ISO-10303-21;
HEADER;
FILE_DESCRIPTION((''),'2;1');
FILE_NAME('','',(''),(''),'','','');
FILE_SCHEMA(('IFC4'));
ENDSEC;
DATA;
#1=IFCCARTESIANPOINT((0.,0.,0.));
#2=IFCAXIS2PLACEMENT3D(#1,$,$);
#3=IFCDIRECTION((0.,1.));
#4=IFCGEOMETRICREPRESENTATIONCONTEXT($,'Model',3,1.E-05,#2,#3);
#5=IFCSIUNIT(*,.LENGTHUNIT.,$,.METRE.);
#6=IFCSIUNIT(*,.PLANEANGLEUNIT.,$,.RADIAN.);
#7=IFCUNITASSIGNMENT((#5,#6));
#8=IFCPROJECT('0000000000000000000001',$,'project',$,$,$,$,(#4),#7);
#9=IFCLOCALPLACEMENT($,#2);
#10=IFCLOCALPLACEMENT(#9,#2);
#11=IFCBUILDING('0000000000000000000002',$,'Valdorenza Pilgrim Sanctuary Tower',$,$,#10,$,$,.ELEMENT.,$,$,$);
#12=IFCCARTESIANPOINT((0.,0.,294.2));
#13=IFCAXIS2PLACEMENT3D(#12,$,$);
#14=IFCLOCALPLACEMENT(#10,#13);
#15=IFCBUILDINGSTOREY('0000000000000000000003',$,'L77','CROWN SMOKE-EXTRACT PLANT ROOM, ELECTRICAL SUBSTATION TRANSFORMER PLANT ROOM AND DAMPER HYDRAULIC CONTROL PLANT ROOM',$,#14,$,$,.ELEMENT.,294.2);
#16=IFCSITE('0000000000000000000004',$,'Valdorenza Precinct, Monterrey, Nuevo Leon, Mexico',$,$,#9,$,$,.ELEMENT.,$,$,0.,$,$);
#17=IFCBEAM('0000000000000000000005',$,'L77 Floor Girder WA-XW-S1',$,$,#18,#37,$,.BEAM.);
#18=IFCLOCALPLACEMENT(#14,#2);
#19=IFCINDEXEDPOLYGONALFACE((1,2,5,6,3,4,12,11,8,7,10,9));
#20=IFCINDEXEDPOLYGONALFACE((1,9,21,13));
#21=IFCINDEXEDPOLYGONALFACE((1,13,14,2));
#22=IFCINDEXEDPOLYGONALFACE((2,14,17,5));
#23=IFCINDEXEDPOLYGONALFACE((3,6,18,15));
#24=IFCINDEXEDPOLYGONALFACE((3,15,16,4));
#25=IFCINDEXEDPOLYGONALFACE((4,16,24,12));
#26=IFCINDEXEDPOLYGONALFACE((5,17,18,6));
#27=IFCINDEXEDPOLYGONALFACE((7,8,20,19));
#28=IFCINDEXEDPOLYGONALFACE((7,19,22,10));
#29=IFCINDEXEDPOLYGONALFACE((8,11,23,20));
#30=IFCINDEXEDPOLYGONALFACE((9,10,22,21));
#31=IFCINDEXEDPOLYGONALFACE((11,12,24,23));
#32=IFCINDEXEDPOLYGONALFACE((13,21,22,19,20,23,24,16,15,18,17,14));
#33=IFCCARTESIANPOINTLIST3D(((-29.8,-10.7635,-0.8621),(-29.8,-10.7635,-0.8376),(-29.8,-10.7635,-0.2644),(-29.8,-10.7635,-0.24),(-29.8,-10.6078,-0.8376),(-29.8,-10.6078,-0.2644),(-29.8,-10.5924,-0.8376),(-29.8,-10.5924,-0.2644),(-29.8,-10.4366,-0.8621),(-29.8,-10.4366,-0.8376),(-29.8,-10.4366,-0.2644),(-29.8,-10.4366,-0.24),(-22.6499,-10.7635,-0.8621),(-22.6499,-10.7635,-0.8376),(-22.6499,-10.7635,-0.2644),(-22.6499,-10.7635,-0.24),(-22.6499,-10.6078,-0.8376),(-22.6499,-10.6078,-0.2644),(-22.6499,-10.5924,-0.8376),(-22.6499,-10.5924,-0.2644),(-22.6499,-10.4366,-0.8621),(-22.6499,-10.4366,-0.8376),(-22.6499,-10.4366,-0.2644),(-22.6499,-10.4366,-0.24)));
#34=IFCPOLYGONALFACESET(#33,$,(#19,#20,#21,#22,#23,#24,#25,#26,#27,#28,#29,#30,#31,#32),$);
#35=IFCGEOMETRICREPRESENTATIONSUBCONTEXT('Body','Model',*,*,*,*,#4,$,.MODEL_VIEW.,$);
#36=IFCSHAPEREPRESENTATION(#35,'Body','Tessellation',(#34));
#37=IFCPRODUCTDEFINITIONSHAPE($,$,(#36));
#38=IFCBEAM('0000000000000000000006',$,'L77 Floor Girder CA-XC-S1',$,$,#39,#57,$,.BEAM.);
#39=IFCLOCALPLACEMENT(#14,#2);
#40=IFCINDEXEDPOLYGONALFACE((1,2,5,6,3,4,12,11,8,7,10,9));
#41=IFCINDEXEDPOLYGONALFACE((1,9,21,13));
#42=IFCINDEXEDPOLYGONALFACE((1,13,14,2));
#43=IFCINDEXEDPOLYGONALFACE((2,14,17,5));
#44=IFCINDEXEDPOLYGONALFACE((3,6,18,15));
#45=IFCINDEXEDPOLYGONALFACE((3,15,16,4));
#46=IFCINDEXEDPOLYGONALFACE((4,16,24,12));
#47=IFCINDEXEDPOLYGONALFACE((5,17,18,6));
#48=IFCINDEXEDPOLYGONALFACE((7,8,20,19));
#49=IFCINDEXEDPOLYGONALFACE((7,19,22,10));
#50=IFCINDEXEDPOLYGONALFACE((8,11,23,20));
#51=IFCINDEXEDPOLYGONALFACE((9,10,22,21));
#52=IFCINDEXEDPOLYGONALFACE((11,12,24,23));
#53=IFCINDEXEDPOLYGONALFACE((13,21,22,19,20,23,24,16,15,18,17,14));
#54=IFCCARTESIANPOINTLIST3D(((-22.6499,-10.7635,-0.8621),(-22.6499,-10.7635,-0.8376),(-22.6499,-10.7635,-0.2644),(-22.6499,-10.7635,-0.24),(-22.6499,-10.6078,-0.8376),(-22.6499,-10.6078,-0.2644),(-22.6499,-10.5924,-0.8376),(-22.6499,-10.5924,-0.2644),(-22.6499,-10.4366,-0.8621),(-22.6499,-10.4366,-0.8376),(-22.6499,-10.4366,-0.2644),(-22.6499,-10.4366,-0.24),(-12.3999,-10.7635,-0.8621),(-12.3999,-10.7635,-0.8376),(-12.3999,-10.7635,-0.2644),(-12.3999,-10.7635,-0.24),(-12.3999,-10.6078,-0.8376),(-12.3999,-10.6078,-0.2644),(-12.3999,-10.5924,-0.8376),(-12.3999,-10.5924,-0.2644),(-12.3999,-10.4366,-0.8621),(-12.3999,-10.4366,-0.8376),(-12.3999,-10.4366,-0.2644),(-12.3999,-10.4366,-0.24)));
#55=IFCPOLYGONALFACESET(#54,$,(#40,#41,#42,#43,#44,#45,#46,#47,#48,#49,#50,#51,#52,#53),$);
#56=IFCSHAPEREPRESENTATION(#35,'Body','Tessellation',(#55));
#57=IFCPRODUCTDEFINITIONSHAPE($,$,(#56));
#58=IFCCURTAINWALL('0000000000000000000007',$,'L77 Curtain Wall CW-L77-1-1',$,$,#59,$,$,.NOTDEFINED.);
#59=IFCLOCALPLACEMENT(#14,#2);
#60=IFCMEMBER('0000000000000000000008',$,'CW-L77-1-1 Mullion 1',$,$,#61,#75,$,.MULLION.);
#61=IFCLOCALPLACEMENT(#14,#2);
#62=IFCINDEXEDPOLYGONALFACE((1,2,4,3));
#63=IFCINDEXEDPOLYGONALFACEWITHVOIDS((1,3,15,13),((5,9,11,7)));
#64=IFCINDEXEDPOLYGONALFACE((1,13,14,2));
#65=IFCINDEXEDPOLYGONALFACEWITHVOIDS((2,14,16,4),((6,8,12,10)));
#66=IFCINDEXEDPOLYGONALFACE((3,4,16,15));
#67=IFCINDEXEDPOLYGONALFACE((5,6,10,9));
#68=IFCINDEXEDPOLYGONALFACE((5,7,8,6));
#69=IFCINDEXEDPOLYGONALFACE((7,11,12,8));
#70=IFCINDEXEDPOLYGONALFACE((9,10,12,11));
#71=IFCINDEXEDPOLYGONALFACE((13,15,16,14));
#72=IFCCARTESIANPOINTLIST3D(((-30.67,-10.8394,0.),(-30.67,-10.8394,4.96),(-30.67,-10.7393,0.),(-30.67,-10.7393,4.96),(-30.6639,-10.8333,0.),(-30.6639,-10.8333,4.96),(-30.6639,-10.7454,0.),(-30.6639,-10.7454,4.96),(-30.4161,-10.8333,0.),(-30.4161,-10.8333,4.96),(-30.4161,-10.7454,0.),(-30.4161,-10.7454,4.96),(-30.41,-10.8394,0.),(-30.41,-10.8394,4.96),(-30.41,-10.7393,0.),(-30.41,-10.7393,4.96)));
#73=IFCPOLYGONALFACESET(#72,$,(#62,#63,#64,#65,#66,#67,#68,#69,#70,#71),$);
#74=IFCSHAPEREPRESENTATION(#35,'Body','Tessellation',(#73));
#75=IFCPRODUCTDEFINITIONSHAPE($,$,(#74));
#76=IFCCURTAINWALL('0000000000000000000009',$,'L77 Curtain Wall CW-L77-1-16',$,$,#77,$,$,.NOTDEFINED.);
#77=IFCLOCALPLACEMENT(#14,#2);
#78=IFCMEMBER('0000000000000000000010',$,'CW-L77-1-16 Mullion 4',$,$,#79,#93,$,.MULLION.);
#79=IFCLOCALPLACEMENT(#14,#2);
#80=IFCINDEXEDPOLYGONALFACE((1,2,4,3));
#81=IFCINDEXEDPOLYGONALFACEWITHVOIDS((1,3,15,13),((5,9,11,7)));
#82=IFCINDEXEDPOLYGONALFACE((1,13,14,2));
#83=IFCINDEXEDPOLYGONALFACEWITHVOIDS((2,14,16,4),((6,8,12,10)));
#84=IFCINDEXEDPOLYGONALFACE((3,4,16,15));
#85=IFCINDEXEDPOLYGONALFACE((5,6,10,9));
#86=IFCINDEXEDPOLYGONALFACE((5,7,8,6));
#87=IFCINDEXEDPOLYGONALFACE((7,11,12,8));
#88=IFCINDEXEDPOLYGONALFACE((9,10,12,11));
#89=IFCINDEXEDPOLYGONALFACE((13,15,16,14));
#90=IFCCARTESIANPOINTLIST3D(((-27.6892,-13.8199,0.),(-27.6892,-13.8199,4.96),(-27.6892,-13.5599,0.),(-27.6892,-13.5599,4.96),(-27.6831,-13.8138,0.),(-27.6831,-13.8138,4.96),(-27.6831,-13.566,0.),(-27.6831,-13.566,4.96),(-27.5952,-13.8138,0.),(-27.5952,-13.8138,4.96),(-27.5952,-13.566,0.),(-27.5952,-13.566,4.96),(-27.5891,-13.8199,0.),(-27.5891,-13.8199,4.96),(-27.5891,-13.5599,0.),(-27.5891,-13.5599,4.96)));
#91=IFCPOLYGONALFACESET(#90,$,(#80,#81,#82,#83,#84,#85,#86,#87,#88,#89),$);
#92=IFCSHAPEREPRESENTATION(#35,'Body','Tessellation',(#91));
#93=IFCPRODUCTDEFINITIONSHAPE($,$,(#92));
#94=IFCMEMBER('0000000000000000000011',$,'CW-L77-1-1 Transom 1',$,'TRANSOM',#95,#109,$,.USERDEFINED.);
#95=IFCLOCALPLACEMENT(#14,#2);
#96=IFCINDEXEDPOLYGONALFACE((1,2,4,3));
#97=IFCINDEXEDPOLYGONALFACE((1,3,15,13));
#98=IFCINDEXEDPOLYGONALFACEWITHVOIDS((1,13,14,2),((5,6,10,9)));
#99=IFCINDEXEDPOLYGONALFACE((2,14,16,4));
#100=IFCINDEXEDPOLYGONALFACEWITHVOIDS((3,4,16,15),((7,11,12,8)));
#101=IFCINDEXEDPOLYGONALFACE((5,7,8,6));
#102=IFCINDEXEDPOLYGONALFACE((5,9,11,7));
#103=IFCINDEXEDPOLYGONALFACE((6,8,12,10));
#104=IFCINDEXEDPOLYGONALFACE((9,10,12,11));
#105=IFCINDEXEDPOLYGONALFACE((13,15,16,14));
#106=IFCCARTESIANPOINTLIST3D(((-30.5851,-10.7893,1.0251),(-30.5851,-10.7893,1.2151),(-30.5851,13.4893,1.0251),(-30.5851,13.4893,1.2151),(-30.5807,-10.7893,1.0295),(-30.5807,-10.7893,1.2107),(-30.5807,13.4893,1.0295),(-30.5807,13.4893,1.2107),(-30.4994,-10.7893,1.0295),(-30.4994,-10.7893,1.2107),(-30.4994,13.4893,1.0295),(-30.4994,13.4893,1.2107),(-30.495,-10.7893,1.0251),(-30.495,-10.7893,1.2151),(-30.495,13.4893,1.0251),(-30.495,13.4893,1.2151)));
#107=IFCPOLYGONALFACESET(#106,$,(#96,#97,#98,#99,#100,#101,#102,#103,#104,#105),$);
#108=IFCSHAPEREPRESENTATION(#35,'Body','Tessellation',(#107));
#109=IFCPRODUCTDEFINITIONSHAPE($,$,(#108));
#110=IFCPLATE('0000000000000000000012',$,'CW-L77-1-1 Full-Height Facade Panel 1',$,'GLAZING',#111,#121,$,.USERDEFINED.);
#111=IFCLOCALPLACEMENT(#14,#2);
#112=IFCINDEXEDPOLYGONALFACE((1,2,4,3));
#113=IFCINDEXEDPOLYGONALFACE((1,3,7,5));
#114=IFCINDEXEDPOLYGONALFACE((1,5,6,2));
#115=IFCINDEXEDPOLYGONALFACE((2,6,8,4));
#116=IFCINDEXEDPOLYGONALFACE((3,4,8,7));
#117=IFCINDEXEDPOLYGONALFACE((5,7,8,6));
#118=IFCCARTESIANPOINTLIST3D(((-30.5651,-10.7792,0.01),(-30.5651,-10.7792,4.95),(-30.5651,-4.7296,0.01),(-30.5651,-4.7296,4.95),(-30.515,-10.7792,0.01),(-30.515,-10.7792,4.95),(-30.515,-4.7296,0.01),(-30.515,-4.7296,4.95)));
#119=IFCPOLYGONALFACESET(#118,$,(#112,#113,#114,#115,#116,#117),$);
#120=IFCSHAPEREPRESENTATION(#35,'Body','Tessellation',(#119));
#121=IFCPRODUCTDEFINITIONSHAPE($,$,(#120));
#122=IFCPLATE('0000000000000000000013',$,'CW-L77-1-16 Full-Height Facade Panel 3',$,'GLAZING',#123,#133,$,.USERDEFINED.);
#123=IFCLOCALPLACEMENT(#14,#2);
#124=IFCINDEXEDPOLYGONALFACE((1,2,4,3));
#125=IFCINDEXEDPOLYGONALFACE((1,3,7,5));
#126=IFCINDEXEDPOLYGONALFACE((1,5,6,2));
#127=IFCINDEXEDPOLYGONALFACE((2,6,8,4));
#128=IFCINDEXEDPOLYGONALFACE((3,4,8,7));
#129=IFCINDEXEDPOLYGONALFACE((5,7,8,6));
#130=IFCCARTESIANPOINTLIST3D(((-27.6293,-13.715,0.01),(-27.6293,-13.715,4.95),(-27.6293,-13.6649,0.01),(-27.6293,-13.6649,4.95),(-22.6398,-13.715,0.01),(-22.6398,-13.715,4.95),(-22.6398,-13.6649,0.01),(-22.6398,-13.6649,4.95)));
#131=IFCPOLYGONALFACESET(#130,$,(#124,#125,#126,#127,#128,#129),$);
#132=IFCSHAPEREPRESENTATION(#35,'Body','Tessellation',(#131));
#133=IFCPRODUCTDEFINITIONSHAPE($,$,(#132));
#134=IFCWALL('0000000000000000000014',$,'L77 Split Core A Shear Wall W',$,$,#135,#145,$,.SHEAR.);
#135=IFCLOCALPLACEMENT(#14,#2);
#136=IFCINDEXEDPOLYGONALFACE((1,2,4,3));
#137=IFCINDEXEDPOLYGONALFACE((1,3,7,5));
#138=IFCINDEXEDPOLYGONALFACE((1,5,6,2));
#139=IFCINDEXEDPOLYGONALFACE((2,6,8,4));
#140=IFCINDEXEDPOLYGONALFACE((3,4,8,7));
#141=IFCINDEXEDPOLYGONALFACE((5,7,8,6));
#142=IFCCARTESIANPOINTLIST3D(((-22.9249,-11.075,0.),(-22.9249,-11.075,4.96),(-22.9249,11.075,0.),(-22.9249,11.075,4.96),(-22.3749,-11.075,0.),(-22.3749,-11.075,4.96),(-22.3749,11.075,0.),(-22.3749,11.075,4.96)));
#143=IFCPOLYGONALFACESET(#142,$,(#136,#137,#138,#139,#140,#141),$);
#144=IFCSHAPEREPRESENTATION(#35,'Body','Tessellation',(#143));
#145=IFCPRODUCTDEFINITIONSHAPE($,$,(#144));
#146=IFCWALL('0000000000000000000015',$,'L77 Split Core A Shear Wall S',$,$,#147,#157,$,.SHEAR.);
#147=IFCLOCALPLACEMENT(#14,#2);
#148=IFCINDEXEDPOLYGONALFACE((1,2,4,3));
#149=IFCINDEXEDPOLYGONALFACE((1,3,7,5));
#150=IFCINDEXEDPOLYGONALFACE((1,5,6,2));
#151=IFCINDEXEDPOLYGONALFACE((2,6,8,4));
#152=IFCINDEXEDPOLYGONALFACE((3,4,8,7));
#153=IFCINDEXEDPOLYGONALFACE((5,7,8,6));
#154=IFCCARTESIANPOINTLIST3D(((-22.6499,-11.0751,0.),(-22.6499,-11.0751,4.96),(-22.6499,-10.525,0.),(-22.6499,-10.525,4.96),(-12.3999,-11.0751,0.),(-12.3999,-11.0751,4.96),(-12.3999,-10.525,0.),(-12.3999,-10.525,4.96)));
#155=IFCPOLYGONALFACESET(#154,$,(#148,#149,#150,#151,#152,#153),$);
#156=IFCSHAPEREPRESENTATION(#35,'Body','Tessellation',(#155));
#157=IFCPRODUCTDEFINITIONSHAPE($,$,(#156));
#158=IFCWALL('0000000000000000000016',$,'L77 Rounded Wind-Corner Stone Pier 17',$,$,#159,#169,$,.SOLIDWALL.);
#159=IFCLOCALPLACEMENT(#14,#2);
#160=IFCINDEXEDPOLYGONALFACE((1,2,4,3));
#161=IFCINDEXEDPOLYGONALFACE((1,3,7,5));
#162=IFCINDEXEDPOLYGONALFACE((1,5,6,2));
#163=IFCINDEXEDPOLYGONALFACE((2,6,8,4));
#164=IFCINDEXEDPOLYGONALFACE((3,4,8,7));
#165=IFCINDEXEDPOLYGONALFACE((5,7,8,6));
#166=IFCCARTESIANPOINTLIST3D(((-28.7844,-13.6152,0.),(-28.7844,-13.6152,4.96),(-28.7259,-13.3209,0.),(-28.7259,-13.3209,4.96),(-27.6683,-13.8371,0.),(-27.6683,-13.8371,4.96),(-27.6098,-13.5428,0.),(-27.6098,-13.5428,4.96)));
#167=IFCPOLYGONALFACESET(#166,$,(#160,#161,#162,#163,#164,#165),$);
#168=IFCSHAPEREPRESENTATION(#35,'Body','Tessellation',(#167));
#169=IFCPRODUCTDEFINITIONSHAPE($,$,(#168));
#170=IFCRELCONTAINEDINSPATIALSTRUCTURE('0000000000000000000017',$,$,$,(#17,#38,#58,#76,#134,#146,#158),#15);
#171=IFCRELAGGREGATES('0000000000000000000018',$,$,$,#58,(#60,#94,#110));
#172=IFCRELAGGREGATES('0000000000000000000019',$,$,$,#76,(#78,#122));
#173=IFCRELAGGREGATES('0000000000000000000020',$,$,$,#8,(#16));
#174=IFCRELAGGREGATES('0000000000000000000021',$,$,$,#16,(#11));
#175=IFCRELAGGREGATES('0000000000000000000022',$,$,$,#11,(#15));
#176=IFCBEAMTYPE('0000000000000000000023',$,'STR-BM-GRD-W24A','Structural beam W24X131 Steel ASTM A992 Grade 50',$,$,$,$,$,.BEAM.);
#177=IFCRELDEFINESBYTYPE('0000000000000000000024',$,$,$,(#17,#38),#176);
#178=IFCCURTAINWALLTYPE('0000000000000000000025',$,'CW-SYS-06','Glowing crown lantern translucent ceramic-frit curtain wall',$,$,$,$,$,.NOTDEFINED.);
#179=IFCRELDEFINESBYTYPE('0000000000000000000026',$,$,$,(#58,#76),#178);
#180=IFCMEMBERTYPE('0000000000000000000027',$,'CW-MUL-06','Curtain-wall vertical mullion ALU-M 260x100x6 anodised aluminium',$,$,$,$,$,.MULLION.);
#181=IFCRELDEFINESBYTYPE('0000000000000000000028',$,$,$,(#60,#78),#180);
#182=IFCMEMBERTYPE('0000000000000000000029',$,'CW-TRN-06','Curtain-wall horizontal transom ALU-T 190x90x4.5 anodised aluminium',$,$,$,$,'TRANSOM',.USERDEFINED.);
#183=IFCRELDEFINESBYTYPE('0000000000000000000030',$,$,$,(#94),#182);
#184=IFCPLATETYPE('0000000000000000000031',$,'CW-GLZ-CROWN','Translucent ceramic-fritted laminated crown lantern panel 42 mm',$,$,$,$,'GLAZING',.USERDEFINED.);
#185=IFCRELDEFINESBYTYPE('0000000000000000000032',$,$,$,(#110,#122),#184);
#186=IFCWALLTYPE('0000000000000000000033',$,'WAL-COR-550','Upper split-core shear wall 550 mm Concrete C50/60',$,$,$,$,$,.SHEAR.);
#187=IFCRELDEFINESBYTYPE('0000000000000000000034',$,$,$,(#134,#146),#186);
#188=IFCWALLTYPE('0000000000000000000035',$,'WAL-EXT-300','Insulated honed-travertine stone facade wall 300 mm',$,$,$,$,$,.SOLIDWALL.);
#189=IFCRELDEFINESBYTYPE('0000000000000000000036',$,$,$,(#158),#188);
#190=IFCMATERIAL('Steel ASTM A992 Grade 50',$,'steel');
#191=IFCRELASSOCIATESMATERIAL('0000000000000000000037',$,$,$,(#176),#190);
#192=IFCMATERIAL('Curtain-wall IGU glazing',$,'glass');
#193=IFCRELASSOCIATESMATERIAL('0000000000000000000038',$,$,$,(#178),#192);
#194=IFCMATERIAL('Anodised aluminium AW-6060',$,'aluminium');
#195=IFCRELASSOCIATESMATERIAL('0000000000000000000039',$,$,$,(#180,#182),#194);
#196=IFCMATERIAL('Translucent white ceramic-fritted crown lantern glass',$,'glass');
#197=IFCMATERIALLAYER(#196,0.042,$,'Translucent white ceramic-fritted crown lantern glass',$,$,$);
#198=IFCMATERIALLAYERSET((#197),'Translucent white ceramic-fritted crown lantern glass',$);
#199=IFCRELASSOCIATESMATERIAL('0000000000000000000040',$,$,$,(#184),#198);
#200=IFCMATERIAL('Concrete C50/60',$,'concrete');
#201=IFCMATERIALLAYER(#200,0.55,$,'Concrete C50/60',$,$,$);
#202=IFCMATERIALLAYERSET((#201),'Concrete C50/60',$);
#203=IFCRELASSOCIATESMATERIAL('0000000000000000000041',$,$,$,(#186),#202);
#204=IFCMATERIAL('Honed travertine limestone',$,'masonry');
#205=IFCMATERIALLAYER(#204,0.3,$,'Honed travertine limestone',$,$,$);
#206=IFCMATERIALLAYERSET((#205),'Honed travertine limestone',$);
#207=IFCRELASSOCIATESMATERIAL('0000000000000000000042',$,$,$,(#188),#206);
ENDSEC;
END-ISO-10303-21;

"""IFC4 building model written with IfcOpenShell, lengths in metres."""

from ifc_helpers import new_model, si_unit, direction, frame, frame_2d, origin, origin_2d, place, context, subcontext, project, spatial, rectangle, hollow_rectangle, i_section, extrude, source, transform, mapped, material, layer, layer_set, material_profile, profile_set, type_object, element, aggregate, save


model = new_model("IFC4")

# Units and contexts
model_context = context("Model", 3, precision=1e-05, world=origin(), true_north=direction((0.0, 1.0)))
body_context = subcontext(model_context, "Body", "Model", "MODEL_VIEW")
ifc_project = project(units=[si_unit("LENGTHUNIT", "METRE"), si_unit("PLANEANGLEUNIT", "RADIAN")], contexts=[model_context])

# Site, building, storey
site_placement = place(None, origin())
site = spatial("IfcSite", under=ifc_project, at=site_placement, Name="Valdorenza Precinct, Monterrey, Nuevo Leon, Mexico", CompositionType="ELEMENT", RefElevation=0.0)
building_placement = place(site_placement, origin())
building = spatial("IfcBuilding", under=site, at=building_placement, Name="Valdorenza Pilgrim Sanctuary Tower", CompositionType="ELEMENT")
storey_placement = place(building_placement, frame((0.0, 0.0, 294.2)))
storey = spatial("IfcBuildingStorey", under=building, at=storey_placement, Name="L77", Description="CROWN SMOKE-EXTRACT PLANT ROOM, ELECTRICAL SUBSTATION TRANSFORMER PLANT ROOM AND DAMPER HYDRAULIC CONTROL PLANT ROOM", CompositionType="ELEMENT", Elevation=294.2)

# Shared definitions
ifc_material_1 = material(Name="Concrete C50/60", Category="concrete")

# Beams
ifc_material_2 = material(Name="Steel ASTM A992 Grade 50", Category="steel")
ifc_material_profile_1 = material_profile(ifc_material_2, i_section(OverallWidth=0.3269, OverallDepth=0.6221, WebThickness=0.0154, FlangeThickness=0.0244, at=origin_2d()), Name="W24X131")
ifc_profile_set_1 = profile_set([ifc_material_profile_1], Name="Steel ASTM A992 Grade 50")
beam_type_1 = type_object("IfcBeamType", Name="STR-BM-GRD-W24A", Description="Structural beam W24X131 Steel ASTM A992 Grade 50", PredefinedType="BEAM", material=ifc_profile_set_1)
shared_shape_1 = source(origin(), body_context, "Body", "SweptSolid", [
    extrude(i_section(OverallWidth=0.3269, OverallDepth=0.6221, WebThickness=0.0154, FlangeThickness=0.0244, at=origin_2d()), origin(), (0.0, 0.0, 1.0), 7.1501),
])
beam_1_placement = place(storey_placement, frame((-29.8, -10.6001, -0.551), z_axis=(1.0, 0.0, 0.0), x_axis=(0.0, 1.0, 0.0)))
element("IfcBeam", 1, at=beam_1_placement, inside=storey, type_object=beam_type_1, Name="L77 Floor Girder WA-XW-S1", PredefinedType="BEAM", context=body_context, shape_type="MappedRepresentation", body=[
    mapped(shared_shape_1, transform((0.0, 0.0, 0.0), x_axis=(1.0, 0.0, 0.0), y_axis=(0.0, 1.0, 0.0), z_axis=(0.0, 0.0, 1.0), scale=1.0)),
])
shared_shape_2 = source(origin(), body_context, "Body", "SweptSolid", [
    extrude(i_section(OverallWidth=0.3269, OverallDepth=0.6221, WebThickness=0.0154, FlangeThickness=0.0244, at=origin_2d()), origin(), (0.0, 0.0, 1.0), 10.25),
])
beam_2_placement = place(storey_placement, frame((-22.6499, -10.6001, -0.551), z_axis=(1.0, 0.0, 0.0), x_axis=(0.0, 1.0, 0.0)))
element("IfcBeam", 2, at=beam_2_placement, inside=storey, type_object=beam_type_1, Name="L77 Floor Girder CA-XC-S1", PredefinedType="BEAM", context=body_context, shape_type="MappedRepresentation", body=[
    mapped(shared_shape_2, transform((0.0, 0.0, 0.0), x_axis=(1.0, 0.0, 0.0), y_axis=(0.0, 1.0, 0.0), z_axis=(0.0, 0.0, 1.0), scale=1.0)),
])

# Curtain walls, members
ifc_material_3 = material(Name="Curtain-wall IGU glazing", Category="glass")
curtain_wall_type = type_object("IfcCurtainWallType", Name="CW-SYS-06", Description="Glowing crown lantern translucent ceramic-frit curtain wall", PredefinedType="NOTDEFINED", material=ifc_material_3)
curtain_wall_1_placement = place(storey_placement, origin())
curtain_wall_1 = element("IfcCurtainWall", 3, at=curtain_wall_1_placement, inside=storey, type_object=curtain_wall_type, Name="L77 Curtain Wall CW-L77-1-1", PredefinedType="NOTDEFINED")
ifc_material_4 = material(Name="Anodised aluminium AW-6060", Category="aluminium")
ifc_material_profile_2 = material_profile(ifc_material_4, hollow_rectangle(XDim=0.1001, YDim=0.26, WallThickness=0.0061, at=origin_2d()), Name="ALU-M 260x100x6")
ifc_profile_set_2 = profile_set([ifc_material_profile_2], Name="Anodised aluminium AW-6060")
member_type_1 = type_object("IfcMemberType", Name="CW-MUL-06", Description="Curtain-wall vertical mullion ALU-M 260x100x6 anodised aluminium", PredefinedType="MULLION", material=ifc_profile_set_2)
shared_shape_3 = source(origin(), body_context, "Body", "SweptSolid", [
    extrude(hollow_rectangle(XDim=0.1001, YDim=0.26, WallThickness=0.0061, at=origin_2d()), origin(), (0.0, 0.0, 1.0), 4.96),
])
member_1_placement = place(storey_placement, frame((-30.54, -10.7893, 0.0), z_axis=(0.0, 0.0, 1.0), x_axis=(0.0, 1.0, 0.0)))
member_1 = element("IfcMember", 4, at=member_1_placement, type_object=member_type_1, Name="CW-L77-1-1 Mullion 1", PredefinedType="MULLION", context=body_context, shape_type="MappedRepresentation", body=[
    mapped(shared_shape_3, transform((0.0, 0.0, 0.0), x_axis=(1.0, 0.0, 0.0), y_axis=(0.0, 1.0, 0.0), z_axis=(0.0, 0.0, 1.0), scale=1.0)),
])
curtain_wall_2_placement = place(storey_placement, origin())
curtain_wall_2 = element("IfcCurtainWall", 5, at=curtain_wall_2_placement, inside=storey, type_object=curtain_wall_type, Name="L77 Curtain Wall CW-L77-1-16", PredefinedType="NOTDEFINED")
member_2_placement = place(storey_placement, frame((-27.6392, -13.6899, 0.0), z_axis=(0.0, 0.0, 1.0), x_axis=(-1.0, 0.0, 0.0)))
member_2 = element("IfcMember", 6, at=member_2_placement, type_object=member_type_1, Name="CW-L77-1-16 Mullion 4", PredefinedType="MULLION", context=body_context, shape_type="MappedRepresentation", body=[
    mapped(shared_shape_3, transform((0.0, 0.0, 0.0), x_axis=(1.0, 0.0, 0.0), y_axis=(0.0, 1.0, 0.0), z_axis=(0.0, 0.0, 1.0), scale=1.0)),
])

# Member
ifc_material_profile_3 = material_profile(ifc_material_4, hollow_rectangle(XDim=0.0901, YDim=0.1899, WallThickness=0.0044, at=origin_2d()), Name="ALU-T 190x90x4.5")
ifc_profile_set_3 = profile_set([ifc_material_profile_3], Name="Anodised aluminium AW-6060")
member_type_2 = type_object("IfcMemberType", Name="CW-TRN-06", Description="Curtain-wall horizontal transom ALU-T 190x90x4.5 anodised aluminium", ElementType="TRANSOM", PredefinedType="USERDEFINED", material=ifc_profile_set_3)
shared_shape_4 = source(origin(), body_context, "Body", "SweptSolid", [
    extrude(hollow_rectangle(XDim=0.0901, YDim=0.1899, WallThickness=0.0044, at=origin_2d()), origin(), (0.0, 0.0, 1.0), 24.2786),
])
member_3_placement = place(storey_placement, frame((-30.54, -10.7893, 1.1201), z_axis=(0.0, 1.0, 0.0), x_axis=(-1.0, 0.0, 0.0)))
member_3 = element("IfcMember", 7, at=member_3_placement, type_object=member_type_2, Name="CW-L77-1-1 Transom 1", ObjectType="TRANSOM", PredefinedType="USERDEFINED", context=body_context, shape_type="MappedRepresentation", body=[
    mapped(shared_shape_4, transform((0.0, 0.0, 0.0), x_axis=(1.0, 0.0, 0.0), y_axis=(0.0, 1.0, 0.0), z_axis=(0.0, 0.0, 1.0), scale=1.0)),
])

# Plates
ifc_material_5 = material(Name="Translucent white ceramic-fritted crown lantern glass", Category="glass")
ifc_layer_1 = layer(ifc_material_5, 0.042, Name="Translucent white ceramic-fritted crown lantern glass")
ifc_layer_set_1 = layer_set([ifc_layer_1], Name="Translucent white ceramic-fritted crown lantern glass")
plate_type = type_object("IfcPlateType", Name="CW-GLZ-CROWN", Description="Translucent ceramic-fritted laminated crown lantern panel 42 mm", ElementType="GLAZING", PredefinedType="USERDEFINED", material=ifc_layer_set_1)
shared_shape_5 = source(origin(), body_context, "Body", "SweptSolid", [
    extrude(rectangle(XDim=6.0496, YDim=0.05, at=origin_2d()), origin(), (0.0, 0.0, 1.0), 4.9399),
])
plate_1_placement = place(storey_placement, frame((-30.54, -7.7544, 0.01), z_axis=(0.0, 0.0, 1.0), x_axis=(0.0, 1.0, 0.0)))
plate_1 = element("IfcPlate", 8, at=plate_1_placement, type_object=plate_type, Name="CW-L77-1-1 Full-Height Facade Panel 1", ObjectType="GLAZING", PredefinedType="USERDEFINED", context=body_context, shape_type="MappedRepresentation", body=[
    mapped(shared_shape_5, transform((0.0, 0.0, 0.0), x_axis=(1.0, 0.0, 0.0), y_axis=(0.0, 1.0, 0.0), z_axis=(0.0, 0.0, 1.0), scale=1.0)),
])
aggregate(curtain_wall_1, [member_1, member_3, plate_1])
shared_shape_6 = source(origin(), body_context, "Body", "SweptSolid", [
    extrude(rectangle(XDim=4.9895, YDim=0.05, at=origin_2d()), origin(), (0.0, 0.0, 1.0), 4.9399),
])
plate_2_placement = place(storey_placement, frame((-25.1345, -13.6899, 0.01), z_axis=(0.0, 0.0, 1.0), x_axis=(-1.0, 0.0, 0.0)))
plate_2 = element("IfcPlate", 9, at=plate_2_placement, type_object=plate_type, Name="CW-L77-1-16 Full-Height Facade Panel 3", ObjectType="GLAZING", PredefinedType="USERDEFINED", context=body_context, shape_type="MappedRepresentation", body=[
    mapped(shared_shape_6, transform((0.0, 0.0, 0.0), x_axis=(1.0, 0.0, 0.0), y_axis=(0.0, 1.0, 0.0), z_axis=(0.0, 0.0, 1.0), scale=1.0)),
])
aggregate(curtain_wall_2, [member_2, plate_2])

# Walls
ifc_layer_2 = layer(ifc_material_1, 0.55, Name="Concrete C50/60")
ifc_layer_set_2 = layer_set([ifc_layer_2], Name="Concrete C50/60")
wall_type_1 = type_object("IfcWallType", Name="WAL-COR-550", Description="Upper split-core shear wall 550 mm Concrete C50/60", PredefinedType="SHEAR", material=ifc_layer_set_2)
wall_1_placement = place(storey_placement, frame((-22.6499, -11.075, 0.0), z_axis=(0.0, 0.0, 1.0), x_axis=(0.0, 1.0, 0.0)))
element("IfcWall", 10, at=wall_1_placement, inside=storey, type_object=wall_type_1, Name="L77 Split Core A Shear Wall W", PredefinedType="SHEAR", context=body_context, shape_type="SweptSolid", body=[
    extrude(rectangle(XDim=22.1499, YDim=0.55, at=frame_2d((11.075, 0.0))), origin(), (0.0, 0.0, 1.0), 4.96),
])
wall_2_placement = place(storey_placement, frame((-22.6499, -10.8, 0.0), z_axis=(0.0, 0.0, 1.0), x_axis=(1.0, 0.0, 0.0)))
element("IfcWall", 11, at=wall_2_placement, inside=storey, type_object=wall_type_1, Name="L77 Split Core A Shear Wall S", PredefinedType="SHEAR", context=body_context, shape_type="SweptSolid", body=[
    extrude(rectangle(XDim=10.25, YDim=0.55, at=frame_2d((5.125, 0.0))), origin(), (0.0, 0.0, 1.0), 4.96),
])
ifc_material_6 = material(Name="Honed travertine limestone", Category="masonry")
ifc_layer_3 = layer(ifc_material_6, 0.3, Name="Honed travertine limestone")
ifc_layer_set_3 = layer_set([ifc_layer_3], Name="Honed travertine limestone")
wall_type_2 = type_object("IfcWallType", Name="WAL-EXT-300", Description="Insulated honed-travertine stone facade wall 300 mm", PredefinedType="SOLIDWALL", material=ifc_layer_set_3)
wall_3_placement = place(storey_placement, frame((-27.6392, -13.6899, 0.0), z_axis=(0.0, 0.0, 1.0), x_axis=(-0.980795, 0.195043, 0.0)))
element("IfcWall", 12, at=wall_3_placement, inside=storey, type_object=wall_type_2, Name="L77 Rounded Wind-Corner Stone Pier 17", PredefinedType="SOLIDWALL", context=body_context, shape_type="SweptSolid", body=[
    extrude(rectangle(XDim=1.1379, YDim=0.3, at=frame_2d((0.5688, 0.0))), origin(), (0.0, 0.0, 1.0), 4.96),
])

save(model, "model.ifc")
